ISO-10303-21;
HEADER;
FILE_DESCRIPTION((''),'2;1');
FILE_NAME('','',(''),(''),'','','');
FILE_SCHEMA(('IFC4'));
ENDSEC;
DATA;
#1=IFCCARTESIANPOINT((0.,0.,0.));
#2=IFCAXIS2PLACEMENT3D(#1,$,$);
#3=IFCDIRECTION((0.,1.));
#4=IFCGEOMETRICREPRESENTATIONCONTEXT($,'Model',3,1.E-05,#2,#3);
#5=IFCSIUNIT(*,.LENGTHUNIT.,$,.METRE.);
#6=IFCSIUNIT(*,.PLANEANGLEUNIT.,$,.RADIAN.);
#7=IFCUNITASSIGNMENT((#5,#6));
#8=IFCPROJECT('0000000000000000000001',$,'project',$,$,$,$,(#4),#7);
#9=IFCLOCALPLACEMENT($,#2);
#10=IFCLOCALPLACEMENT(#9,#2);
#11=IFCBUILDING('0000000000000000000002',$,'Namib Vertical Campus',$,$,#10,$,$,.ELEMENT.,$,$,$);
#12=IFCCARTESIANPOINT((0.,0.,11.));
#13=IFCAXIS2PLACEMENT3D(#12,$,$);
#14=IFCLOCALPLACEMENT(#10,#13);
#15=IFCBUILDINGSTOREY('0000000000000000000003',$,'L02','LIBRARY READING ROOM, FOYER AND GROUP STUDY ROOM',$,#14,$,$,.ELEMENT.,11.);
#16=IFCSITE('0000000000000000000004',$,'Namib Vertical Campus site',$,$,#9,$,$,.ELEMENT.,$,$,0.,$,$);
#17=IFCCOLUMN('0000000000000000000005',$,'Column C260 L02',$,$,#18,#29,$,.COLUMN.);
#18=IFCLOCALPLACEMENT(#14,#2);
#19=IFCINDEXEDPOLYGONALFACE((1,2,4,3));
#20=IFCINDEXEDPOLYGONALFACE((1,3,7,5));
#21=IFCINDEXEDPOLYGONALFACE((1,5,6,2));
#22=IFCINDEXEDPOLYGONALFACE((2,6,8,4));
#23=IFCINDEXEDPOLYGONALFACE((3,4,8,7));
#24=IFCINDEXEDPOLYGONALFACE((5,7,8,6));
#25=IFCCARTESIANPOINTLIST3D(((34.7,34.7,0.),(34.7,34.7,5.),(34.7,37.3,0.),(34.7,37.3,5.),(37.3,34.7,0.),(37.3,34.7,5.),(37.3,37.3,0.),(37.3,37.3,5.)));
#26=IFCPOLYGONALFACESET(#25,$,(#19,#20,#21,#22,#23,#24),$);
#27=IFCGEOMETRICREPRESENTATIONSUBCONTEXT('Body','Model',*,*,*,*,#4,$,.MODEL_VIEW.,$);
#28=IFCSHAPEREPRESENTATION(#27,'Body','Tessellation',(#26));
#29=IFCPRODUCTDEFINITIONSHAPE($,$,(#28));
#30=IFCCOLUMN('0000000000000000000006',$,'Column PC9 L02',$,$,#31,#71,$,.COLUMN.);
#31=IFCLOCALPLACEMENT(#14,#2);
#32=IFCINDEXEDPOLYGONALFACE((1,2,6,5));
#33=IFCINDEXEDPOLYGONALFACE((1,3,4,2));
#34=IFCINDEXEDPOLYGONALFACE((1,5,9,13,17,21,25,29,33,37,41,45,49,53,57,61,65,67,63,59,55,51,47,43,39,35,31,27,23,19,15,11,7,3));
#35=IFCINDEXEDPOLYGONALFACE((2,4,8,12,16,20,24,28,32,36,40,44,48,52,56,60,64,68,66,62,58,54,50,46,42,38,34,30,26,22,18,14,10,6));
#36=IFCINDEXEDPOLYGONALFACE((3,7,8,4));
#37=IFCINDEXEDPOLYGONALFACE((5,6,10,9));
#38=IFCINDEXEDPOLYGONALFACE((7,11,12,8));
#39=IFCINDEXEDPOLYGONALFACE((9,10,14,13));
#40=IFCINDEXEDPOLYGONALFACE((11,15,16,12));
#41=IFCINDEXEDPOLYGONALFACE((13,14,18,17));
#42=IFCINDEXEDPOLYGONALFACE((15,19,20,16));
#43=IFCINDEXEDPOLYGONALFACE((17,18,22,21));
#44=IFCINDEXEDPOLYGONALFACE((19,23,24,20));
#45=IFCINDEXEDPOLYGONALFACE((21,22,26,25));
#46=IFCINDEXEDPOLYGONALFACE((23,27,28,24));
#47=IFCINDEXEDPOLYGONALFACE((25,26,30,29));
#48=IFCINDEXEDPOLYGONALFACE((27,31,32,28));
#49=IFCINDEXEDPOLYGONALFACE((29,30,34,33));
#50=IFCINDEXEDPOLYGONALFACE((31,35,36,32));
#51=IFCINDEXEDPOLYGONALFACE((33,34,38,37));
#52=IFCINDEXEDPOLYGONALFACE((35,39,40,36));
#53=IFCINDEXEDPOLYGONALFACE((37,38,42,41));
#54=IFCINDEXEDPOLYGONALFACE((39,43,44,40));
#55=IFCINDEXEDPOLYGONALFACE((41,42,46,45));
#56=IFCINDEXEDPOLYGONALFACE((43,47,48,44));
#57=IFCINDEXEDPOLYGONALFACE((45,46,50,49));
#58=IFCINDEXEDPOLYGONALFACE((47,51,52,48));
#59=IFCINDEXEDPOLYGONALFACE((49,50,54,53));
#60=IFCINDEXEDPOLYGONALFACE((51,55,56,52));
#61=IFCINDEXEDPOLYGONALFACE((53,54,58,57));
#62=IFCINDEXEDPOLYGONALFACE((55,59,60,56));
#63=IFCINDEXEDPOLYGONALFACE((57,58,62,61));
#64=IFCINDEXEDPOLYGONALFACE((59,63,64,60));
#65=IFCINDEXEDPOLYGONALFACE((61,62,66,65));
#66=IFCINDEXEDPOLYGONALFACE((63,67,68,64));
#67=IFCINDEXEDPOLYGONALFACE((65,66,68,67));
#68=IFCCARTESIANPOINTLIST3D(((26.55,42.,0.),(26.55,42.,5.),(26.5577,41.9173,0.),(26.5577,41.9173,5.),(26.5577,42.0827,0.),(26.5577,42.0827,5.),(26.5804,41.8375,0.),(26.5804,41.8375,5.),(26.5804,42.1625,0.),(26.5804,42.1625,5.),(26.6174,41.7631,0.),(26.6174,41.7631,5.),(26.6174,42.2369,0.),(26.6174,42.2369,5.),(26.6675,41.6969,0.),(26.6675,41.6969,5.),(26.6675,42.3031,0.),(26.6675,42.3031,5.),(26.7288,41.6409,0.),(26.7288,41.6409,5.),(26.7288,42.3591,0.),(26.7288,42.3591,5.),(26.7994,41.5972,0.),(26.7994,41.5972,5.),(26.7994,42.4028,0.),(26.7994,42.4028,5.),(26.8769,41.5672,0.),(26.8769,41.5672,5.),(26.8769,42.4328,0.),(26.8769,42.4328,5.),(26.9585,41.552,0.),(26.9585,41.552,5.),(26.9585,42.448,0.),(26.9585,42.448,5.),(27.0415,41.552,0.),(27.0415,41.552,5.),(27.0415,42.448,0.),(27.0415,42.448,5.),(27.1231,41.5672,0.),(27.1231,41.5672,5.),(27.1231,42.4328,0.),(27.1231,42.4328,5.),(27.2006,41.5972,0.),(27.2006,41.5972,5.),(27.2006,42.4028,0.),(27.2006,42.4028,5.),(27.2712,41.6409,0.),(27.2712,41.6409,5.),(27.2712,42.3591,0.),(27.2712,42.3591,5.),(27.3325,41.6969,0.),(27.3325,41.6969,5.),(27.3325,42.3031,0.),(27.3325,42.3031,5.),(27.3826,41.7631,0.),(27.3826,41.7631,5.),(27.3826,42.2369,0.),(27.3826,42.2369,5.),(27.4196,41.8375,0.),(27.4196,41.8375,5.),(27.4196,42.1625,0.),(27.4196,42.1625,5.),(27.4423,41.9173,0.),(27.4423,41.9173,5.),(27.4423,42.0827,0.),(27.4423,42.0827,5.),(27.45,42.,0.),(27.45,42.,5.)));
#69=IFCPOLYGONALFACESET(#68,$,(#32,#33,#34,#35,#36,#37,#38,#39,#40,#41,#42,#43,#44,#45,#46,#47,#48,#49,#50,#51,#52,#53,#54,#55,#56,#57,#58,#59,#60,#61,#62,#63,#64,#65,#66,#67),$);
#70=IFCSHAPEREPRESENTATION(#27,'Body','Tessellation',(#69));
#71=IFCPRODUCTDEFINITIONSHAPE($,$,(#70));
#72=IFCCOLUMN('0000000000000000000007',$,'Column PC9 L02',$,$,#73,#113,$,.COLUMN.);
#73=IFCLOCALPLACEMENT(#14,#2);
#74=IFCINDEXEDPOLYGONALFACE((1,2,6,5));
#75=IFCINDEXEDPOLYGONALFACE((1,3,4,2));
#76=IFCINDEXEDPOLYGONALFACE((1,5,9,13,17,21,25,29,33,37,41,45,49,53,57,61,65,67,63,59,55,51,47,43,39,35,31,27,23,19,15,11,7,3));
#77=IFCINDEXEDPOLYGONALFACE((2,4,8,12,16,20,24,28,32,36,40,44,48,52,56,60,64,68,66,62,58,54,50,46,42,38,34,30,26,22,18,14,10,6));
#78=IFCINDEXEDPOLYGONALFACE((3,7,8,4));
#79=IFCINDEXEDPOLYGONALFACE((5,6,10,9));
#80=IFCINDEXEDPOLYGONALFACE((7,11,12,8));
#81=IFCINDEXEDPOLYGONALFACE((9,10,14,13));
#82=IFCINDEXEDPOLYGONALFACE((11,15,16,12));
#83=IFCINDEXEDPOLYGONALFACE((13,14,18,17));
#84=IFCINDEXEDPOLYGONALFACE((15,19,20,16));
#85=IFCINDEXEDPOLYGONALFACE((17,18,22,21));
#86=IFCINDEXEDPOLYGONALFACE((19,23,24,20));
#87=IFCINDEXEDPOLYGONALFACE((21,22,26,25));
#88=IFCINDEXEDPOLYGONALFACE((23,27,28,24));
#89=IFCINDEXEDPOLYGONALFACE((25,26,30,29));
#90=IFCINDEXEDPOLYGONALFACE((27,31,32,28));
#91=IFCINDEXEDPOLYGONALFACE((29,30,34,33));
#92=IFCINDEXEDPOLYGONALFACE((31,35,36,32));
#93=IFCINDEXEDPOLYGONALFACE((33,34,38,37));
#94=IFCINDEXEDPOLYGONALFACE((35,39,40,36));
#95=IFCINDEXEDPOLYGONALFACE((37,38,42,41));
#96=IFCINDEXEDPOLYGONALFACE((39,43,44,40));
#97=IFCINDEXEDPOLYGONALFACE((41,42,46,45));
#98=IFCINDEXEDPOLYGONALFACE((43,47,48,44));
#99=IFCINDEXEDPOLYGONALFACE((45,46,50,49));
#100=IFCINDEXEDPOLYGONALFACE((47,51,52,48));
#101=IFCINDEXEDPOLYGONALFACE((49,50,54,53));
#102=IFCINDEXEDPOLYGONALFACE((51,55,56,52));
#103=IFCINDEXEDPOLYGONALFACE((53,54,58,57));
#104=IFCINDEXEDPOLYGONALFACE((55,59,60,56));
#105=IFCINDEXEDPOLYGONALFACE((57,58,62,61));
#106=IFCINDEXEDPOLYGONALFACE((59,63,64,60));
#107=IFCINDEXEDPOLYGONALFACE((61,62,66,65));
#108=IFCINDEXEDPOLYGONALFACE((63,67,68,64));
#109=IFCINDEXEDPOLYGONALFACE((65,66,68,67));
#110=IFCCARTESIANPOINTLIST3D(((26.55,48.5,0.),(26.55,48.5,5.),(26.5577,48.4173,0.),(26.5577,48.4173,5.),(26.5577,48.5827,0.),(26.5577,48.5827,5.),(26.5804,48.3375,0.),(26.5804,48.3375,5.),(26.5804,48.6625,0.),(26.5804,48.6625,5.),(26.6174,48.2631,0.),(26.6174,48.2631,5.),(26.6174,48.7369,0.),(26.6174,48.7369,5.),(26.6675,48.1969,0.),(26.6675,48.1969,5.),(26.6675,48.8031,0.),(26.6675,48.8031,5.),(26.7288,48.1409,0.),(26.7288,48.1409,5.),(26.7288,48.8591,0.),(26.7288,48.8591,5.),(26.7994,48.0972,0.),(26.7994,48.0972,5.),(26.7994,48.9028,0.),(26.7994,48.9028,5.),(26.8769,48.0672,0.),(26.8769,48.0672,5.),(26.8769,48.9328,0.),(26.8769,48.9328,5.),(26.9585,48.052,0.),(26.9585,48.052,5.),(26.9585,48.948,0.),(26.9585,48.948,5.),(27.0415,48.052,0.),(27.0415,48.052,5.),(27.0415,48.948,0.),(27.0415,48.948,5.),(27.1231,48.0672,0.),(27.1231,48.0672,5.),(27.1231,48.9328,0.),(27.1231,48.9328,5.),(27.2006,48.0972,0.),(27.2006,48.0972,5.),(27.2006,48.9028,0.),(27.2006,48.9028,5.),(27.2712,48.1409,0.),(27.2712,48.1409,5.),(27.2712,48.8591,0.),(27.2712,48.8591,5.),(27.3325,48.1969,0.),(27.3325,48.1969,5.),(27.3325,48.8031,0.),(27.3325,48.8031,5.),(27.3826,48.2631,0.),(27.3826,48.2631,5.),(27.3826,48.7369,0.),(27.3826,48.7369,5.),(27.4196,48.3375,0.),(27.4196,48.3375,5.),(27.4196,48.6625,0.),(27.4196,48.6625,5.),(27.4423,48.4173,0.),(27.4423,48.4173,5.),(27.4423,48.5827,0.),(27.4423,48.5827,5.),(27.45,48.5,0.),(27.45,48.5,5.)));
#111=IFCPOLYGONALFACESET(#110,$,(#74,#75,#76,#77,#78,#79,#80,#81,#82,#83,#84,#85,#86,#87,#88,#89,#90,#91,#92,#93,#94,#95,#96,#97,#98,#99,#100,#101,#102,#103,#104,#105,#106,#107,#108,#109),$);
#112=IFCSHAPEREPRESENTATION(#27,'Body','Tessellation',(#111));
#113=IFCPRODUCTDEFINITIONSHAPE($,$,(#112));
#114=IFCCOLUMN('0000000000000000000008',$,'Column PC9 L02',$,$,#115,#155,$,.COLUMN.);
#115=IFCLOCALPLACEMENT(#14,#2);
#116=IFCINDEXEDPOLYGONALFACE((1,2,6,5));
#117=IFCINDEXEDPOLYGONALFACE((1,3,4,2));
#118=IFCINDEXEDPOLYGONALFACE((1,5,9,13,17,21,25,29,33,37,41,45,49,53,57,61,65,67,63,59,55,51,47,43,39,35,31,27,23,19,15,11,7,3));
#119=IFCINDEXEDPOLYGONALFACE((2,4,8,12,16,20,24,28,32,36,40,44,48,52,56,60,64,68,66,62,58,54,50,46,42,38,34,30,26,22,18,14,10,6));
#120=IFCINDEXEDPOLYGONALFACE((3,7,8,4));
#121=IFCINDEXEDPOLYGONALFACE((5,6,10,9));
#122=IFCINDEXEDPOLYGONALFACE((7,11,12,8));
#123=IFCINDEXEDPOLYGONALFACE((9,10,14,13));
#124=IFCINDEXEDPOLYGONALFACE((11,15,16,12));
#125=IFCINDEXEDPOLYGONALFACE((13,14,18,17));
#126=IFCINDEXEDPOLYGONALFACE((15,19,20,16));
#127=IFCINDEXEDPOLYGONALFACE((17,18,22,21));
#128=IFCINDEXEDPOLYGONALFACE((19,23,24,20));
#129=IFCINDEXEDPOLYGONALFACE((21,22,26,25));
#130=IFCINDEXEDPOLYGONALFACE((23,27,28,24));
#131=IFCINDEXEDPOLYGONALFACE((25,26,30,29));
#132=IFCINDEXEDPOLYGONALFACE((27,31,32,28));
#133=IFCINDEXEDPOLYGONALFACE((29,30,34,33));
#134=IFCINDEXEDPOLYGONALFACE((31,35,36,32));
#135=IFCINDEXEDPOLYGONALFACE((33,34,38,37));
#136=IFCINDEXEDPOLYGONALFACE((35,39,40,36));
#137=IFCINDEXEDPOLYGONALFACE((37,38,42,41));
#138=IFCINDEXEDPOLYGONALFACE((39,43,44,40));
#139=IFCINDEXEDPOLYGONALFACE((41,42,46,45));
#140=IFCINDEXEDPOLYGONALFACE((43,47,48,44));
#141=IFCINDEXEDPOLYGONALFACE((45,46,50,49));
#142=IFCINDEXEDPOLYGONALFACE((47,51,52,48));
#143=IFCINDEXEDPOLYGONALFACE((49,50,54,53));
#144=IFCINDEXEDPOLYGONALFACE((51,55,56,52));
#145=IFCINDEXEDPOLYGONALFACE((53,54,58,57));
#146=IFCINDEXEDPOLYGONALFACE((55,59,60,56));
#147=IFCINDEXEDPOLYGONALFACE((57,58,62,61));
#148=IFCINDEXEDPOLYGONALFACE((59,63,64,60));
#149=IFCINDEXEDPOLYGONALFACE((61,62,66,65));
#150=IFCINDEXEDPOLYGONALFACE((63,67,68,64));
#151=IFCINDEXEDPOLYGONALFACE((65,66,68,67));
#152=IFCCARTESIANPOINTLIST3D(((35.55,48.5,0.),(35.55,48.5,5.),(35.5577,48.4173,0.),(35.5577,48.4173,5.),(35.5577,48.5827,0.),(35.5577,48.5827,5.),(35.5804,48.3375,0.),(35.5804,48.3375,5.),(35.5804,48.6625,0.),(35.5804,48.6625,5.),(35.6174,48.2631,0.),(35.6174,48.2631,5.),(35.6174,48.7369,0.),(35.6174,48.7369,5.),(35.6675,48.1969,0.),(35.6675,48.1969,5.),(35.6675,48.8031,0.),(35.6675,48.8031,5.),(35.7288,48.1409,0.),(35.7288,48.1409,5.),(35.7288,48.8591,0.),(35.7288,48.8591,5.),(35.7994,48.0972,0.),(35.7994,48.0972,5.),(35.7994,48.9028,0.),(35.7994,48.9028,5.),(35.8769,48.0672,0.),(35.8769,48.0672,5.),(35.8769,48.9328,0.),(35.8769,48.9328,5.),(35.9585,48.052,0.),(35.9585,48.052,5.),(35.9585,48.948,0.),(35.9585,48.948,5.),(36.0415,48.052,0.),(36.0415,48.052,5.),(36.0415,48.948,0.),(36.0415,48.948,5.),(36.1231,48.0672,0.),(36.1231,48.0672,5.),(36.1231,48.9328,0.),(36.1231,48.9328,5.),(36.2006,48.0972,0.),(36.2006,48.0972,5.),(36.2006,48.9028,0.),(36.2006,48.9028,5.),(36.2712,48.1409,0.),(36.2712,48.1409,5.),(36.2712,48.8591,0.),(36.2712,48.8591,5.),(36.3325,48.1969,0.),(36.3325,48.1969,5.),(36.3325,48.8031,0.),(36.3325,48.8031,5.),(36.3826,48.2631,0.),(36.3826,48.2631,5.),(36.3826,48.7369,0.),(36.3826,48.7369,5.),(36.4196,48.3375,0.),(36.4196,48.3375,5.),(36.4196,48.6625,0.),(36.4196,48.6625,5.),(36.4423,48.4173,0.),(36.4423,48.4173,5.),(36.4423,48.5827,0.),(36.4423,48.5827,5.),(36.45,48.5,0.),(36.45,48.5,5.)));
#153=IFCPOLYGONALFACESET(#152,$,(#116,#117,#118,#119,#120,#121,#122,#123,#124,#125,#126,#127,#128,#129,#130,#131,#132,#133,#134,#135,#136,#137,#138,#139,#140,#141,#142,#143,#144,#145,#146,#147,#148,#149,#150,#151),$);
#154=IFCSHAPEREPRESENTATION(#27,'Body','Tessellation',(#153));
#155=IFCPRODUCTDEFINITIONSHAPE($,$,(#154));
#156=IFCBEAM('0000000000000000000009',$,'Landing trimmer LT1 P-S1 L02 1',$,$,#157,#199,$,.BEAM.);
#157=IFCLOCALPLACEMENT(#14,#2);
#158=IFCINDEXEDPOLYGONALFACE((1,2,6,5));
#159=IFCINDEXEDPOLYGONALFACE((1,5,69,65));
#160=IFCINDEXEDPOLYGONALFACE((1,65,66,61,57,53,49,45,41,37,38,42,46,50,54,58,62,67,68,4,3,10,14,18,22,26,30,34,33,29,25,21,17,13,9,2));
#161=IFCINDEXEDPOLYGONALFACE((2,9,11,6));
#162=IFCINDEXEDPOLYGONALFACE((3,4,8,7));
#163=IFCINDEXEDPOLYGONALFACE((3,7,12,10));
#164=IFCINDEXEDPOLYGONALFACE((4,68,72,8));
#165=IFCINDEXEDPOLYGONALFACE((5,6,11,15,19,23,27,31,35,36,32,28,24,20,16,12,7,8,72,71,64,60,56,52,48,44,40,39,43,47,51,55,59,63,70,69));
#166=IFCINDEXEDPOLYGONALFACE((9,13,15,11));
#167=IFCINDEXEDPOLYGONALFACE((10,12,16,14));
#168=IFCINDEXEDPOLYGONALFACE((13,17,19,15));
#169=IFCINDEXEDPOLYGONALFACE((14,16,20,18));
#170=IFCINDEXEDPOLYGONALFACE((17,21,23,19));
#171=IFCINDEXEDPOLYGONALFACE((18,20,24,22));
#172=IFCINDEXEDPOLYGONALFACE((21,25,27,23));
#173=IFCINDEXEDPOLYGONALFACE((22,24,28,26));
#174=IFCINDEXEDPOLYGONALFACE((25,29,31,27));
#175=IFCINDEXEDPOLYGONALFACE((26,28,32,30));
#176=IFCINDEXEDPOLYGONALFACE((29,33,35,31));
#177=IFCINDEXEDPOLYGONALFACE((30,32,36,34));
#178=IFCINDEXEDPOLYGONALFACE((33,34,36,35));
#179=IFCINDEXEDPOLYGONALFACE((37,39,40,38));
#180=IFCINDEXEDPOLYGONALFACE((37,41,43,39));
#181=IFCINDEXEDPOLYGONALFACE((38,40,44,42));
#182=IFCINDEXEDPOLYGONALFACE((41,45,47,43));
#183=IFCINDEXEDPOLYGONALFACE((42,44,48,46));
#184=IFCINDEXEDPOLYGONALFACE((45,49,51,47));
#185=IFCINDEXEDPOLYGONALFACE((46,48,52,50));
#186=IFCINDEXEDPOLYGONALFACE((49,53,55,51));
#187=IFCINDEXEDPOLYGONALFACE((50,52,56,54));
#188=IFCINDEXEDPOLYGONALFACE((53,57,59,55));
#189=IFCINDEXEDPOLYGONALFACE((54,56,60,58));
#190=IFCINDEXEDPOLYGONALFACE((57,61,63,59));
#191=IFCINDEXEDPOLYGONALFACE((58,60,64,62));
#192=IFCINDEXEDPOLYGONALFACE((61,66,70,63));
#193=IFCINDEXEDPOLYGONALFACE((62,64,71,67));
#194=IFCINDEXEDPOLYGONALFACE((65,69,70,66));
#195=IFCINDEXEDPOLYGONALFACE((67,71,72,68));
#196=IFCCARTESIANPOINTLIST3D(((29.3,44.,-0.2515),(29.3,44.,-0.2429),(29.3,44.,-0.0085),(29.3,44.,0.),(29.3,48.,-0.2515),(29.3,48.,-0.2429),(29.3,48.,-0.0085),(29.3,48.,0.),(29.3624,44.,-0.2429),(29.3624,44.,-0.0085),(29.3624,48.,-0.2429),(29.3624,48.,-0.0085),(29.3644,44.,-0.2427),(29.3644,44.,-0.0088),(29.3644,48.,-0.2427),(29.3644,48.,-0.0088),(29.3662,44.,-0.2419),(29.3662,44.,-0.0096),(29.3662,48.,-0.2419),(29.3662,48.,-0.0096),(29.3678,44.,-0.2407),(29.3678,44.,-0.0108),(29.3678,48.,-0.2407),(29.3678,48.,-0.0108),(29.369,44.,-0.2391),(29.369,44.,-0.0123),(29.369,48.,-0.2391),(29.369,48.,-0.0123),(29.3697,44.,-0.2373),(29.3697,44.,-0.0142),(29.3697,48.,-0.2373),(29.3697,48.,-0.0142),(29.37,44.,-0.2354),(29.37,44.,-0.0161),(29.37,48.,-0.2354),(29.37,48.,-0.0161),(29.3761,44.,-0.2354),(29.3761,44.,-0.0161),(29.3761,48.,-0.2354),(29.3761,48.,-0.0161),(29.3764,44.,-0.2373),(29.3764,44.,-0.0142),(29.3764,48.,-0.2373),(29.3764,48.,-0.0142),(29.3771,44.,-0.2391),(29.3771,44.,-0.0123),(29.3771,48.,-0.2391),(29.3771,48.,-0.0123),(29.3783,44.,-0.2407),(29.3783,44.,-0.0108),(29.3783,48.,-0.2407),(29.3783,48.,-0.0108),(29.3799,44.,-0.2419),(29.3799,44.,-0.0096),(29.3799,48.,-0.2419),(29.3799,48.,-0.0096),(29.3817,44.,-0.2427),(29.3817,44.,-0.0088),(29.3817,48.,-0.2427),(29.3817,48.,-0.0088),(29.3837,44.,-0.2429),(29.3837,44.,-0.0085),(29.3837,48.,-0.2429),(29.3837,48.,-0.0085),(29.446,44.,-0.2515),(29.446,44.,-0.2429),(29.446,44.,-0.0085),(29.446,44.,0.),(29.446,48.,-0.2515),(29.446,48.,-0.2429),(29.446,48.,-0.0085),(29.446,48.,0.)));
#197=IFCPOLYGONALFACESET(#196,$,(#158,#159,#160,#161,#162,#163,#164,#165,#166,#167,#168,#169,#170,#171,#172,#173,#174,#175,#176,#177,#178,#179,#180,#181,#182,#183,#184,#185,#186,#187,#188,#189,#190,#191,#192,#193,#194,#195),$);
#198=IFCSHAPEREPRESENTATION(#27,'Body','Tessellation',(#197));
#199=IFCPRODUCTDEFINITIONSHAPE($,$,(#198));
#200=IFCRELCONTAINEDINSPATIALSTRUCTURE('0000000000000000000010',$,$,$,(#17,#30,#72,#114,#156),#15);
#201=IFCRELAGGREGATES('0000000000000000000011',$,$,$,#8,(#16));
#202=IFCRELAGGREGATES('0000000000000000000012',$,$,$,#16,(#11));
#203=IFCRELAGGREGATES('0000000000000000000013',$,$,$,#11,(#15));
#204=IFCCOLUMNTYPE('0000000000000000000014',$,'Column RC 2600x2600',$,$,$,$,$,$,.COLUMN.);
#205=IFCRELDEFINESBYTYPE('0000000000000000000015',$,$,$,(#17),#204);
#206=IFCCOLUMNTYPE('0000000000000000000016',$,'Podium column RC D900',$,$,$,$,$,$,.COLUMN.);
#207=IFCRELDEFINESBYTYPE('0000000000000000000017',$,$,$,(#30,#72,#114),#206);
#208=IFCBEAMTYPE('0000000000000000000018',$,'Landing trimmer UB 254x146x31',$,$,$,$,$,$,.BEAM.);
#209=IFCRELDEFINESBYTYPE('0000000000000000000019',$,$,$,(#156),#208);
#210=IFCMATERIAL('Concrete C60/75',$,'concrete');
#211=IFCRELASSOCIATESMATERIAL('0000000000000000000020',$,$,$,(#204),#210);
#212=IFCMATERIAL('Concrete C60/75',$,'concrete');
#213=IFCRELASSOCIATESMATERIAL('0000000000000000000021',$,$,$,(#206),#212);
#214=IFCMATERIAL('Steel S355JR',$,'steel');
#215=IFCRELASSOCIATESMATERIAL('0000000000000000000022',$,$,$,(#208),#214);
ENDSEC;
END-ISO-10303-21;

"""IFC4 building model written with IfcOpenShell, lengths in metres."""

from ifc_helpers import new_model, si_unit, direction, frame, origin, origin_2d, place, context, subcontext, project, spatial, rectangle, circle, i_section, extrude, material, material_profile, profile_set, type_object, element, save


model = new_model("IFC4")

# Units and contexts
model_context = context("Model", 3, precision=1e-05, world=origin(), true_north=direction((0.0, 1.0)))
body_context = subcontext(model_context, "Body", "Model", "MODEL_VIEW")
ifc_project = project(units=[si_unit("LENGTHUNIT", "METRE"), si_unit("PLANEANGLEUNIT", "RADIAN")], contexts=[model_context])

# Site, building, storey
site_placement = place(None, origin())
site = spatial("IfcSite", under=ifc_project, at=site_placement, Name="Namib Vertical Campus site", CompositionType="ELEMENT", RefElevation=0.0)
building_placement = place(site_placement, origin())
building = spatial("IfcBuilding", under=site, at=building_placement, Name="Namib Vertical Campus", CompositionType="ELEMENT")
storey_placement = place(building_placement, frame((0.0, 0.0, 11.0)))
storey = spatial("IfcBuildingStorey", under=building, at=storey_placement, Name="L02", Description="LIBRARY READING ROOM, FOYER AND GROUP STUDY ROOM", CompositionType="ELEMENT", Elevation=11.0)

# Columns
ifc_material_1 = material(Name="Concrete C60/75", Category="concrete")
ifc_material_profile_1 = material_profile(ifc_material_1, rectangle(XDim=2.6001, YDim=2.6001, at=origin_2d()))
ifc_profile_set_1 = profile_set([ifc_material_profile_1], Name="Concrete C60/75")
column_type_1 = type_object("IfcColumnType", Name="Column RC 2600x2600", PredefinedType="COLUMN", material=ifc_profile_set_1)
column_placement = place(storey_placement, frame((36.0, 36.0, 0.0), z_axis=(0.0, 0.0, 1.0), x_axis=(1.0, 0.0, 0.0)))
element("IfcColumn", 1, at=column_placement, inside=storey, type_object=column_type_1, Name="Column C260 L02", PredefinedType="COLUMN", context=body_context, shape_type="SweptSolid", body=[
    extrude(rectangle(XDim=2.6001, YDim=2.6001, at=origin_2d()), origin(), (0.0, 0.0, 1.0), 5.0),
])
ifc_material_2 = material(Name="Concrete C60/75", Category="concrete")
ifc_material_profile_2 = material_profile(ifc_material_2, circle(Radius=0.45, at=origin_2d()))
ifc_profile_set_2 = profile_set([ifc_material_profile_2], Name="Concrete C60/75")
column_type_2 = type_object("IfcColumnType", Name="Podium column RC D900", PredefinedType="COLUMN", material=ifc_profile_set_2)
for number, where, z_axis, x_axis, name in (
    (2, (27.0, 42.0, 0.0), (0.0, 0.0, 1.0), (1.0, 0.0, 0.0), "Column PC9 L02"),
    (3, (27.0, 48.5, 0.0), (0.0, 0.0, 1.0), (1.0, 0.0, 0.0), "Column PC9 L02"),
    (4, (36.0, 48.5, 0.0), (0.0, 0.0, 1.0), (1.0, 0.0, 0.0), "Column PC9 L02"),
):
    element("IfcColumn", number, at=place(storey_placement, frame(where, z_axis=z_axis, x_axis=x_axis)), inside=storey, type_object=column_type_2, Name=name, PredefinedType="COLUMN", context=body_context, shape_type="SweptSolid", body=[
        extrude(circle(Radius=0.45, at=origin_2d()), origin(), (0.0, 0.0, 1.0), 5.0),
    ])

# Beam
ifc_material_3 = material(Name="Steel S355JR", Category="steel")
ifc_material_profile_3 = material_profile(ifc_material_3, i_section(OverallWidth=0.146, OverallDepth=0.2515, WebThickness=0.0061, FlangeThickness=0.0085, FilletRadius=0.0076, at=origin_2d()))
ifc_profile_set_3 = profile_set([ifc_material_profile_3], Name="Steel S355JR")
beam_type_1 = type_object("IfcBeamType", Name="Landing trimmer UB 254x146x31", PredefinedType="BEAM", material=ifc_profile_set_3)
for number, where, z_axis, x_axis, name in (
    (5, (29.373, 44.0, -0.1257), (0.0, 1.0, 0.0), (-1.0, 0.0, 0.0), "Landing trimmer LT1 P-S1 L02 1"),
):
    element("IfcBeam", number, at=place(storey_placement, frame(where, z_axis=z_axis, x_axis=x_axis)), inside=storey, type_object=beam_type_1, Name=name, PredefinedType="BEAM", context=body_context, shape_type="SweptSolid", body=[
        extrude(i_section(OverallWidth=0.146, OverallDepth=0.2515, WebThickness=0.0061, FlangeThickness=0.0085, FilletRadius=0.0076, at=origin_2d()), origin(), (0.0, 0.0, 1.0), 4.0),
    ])

save(model, "model.ifc")
